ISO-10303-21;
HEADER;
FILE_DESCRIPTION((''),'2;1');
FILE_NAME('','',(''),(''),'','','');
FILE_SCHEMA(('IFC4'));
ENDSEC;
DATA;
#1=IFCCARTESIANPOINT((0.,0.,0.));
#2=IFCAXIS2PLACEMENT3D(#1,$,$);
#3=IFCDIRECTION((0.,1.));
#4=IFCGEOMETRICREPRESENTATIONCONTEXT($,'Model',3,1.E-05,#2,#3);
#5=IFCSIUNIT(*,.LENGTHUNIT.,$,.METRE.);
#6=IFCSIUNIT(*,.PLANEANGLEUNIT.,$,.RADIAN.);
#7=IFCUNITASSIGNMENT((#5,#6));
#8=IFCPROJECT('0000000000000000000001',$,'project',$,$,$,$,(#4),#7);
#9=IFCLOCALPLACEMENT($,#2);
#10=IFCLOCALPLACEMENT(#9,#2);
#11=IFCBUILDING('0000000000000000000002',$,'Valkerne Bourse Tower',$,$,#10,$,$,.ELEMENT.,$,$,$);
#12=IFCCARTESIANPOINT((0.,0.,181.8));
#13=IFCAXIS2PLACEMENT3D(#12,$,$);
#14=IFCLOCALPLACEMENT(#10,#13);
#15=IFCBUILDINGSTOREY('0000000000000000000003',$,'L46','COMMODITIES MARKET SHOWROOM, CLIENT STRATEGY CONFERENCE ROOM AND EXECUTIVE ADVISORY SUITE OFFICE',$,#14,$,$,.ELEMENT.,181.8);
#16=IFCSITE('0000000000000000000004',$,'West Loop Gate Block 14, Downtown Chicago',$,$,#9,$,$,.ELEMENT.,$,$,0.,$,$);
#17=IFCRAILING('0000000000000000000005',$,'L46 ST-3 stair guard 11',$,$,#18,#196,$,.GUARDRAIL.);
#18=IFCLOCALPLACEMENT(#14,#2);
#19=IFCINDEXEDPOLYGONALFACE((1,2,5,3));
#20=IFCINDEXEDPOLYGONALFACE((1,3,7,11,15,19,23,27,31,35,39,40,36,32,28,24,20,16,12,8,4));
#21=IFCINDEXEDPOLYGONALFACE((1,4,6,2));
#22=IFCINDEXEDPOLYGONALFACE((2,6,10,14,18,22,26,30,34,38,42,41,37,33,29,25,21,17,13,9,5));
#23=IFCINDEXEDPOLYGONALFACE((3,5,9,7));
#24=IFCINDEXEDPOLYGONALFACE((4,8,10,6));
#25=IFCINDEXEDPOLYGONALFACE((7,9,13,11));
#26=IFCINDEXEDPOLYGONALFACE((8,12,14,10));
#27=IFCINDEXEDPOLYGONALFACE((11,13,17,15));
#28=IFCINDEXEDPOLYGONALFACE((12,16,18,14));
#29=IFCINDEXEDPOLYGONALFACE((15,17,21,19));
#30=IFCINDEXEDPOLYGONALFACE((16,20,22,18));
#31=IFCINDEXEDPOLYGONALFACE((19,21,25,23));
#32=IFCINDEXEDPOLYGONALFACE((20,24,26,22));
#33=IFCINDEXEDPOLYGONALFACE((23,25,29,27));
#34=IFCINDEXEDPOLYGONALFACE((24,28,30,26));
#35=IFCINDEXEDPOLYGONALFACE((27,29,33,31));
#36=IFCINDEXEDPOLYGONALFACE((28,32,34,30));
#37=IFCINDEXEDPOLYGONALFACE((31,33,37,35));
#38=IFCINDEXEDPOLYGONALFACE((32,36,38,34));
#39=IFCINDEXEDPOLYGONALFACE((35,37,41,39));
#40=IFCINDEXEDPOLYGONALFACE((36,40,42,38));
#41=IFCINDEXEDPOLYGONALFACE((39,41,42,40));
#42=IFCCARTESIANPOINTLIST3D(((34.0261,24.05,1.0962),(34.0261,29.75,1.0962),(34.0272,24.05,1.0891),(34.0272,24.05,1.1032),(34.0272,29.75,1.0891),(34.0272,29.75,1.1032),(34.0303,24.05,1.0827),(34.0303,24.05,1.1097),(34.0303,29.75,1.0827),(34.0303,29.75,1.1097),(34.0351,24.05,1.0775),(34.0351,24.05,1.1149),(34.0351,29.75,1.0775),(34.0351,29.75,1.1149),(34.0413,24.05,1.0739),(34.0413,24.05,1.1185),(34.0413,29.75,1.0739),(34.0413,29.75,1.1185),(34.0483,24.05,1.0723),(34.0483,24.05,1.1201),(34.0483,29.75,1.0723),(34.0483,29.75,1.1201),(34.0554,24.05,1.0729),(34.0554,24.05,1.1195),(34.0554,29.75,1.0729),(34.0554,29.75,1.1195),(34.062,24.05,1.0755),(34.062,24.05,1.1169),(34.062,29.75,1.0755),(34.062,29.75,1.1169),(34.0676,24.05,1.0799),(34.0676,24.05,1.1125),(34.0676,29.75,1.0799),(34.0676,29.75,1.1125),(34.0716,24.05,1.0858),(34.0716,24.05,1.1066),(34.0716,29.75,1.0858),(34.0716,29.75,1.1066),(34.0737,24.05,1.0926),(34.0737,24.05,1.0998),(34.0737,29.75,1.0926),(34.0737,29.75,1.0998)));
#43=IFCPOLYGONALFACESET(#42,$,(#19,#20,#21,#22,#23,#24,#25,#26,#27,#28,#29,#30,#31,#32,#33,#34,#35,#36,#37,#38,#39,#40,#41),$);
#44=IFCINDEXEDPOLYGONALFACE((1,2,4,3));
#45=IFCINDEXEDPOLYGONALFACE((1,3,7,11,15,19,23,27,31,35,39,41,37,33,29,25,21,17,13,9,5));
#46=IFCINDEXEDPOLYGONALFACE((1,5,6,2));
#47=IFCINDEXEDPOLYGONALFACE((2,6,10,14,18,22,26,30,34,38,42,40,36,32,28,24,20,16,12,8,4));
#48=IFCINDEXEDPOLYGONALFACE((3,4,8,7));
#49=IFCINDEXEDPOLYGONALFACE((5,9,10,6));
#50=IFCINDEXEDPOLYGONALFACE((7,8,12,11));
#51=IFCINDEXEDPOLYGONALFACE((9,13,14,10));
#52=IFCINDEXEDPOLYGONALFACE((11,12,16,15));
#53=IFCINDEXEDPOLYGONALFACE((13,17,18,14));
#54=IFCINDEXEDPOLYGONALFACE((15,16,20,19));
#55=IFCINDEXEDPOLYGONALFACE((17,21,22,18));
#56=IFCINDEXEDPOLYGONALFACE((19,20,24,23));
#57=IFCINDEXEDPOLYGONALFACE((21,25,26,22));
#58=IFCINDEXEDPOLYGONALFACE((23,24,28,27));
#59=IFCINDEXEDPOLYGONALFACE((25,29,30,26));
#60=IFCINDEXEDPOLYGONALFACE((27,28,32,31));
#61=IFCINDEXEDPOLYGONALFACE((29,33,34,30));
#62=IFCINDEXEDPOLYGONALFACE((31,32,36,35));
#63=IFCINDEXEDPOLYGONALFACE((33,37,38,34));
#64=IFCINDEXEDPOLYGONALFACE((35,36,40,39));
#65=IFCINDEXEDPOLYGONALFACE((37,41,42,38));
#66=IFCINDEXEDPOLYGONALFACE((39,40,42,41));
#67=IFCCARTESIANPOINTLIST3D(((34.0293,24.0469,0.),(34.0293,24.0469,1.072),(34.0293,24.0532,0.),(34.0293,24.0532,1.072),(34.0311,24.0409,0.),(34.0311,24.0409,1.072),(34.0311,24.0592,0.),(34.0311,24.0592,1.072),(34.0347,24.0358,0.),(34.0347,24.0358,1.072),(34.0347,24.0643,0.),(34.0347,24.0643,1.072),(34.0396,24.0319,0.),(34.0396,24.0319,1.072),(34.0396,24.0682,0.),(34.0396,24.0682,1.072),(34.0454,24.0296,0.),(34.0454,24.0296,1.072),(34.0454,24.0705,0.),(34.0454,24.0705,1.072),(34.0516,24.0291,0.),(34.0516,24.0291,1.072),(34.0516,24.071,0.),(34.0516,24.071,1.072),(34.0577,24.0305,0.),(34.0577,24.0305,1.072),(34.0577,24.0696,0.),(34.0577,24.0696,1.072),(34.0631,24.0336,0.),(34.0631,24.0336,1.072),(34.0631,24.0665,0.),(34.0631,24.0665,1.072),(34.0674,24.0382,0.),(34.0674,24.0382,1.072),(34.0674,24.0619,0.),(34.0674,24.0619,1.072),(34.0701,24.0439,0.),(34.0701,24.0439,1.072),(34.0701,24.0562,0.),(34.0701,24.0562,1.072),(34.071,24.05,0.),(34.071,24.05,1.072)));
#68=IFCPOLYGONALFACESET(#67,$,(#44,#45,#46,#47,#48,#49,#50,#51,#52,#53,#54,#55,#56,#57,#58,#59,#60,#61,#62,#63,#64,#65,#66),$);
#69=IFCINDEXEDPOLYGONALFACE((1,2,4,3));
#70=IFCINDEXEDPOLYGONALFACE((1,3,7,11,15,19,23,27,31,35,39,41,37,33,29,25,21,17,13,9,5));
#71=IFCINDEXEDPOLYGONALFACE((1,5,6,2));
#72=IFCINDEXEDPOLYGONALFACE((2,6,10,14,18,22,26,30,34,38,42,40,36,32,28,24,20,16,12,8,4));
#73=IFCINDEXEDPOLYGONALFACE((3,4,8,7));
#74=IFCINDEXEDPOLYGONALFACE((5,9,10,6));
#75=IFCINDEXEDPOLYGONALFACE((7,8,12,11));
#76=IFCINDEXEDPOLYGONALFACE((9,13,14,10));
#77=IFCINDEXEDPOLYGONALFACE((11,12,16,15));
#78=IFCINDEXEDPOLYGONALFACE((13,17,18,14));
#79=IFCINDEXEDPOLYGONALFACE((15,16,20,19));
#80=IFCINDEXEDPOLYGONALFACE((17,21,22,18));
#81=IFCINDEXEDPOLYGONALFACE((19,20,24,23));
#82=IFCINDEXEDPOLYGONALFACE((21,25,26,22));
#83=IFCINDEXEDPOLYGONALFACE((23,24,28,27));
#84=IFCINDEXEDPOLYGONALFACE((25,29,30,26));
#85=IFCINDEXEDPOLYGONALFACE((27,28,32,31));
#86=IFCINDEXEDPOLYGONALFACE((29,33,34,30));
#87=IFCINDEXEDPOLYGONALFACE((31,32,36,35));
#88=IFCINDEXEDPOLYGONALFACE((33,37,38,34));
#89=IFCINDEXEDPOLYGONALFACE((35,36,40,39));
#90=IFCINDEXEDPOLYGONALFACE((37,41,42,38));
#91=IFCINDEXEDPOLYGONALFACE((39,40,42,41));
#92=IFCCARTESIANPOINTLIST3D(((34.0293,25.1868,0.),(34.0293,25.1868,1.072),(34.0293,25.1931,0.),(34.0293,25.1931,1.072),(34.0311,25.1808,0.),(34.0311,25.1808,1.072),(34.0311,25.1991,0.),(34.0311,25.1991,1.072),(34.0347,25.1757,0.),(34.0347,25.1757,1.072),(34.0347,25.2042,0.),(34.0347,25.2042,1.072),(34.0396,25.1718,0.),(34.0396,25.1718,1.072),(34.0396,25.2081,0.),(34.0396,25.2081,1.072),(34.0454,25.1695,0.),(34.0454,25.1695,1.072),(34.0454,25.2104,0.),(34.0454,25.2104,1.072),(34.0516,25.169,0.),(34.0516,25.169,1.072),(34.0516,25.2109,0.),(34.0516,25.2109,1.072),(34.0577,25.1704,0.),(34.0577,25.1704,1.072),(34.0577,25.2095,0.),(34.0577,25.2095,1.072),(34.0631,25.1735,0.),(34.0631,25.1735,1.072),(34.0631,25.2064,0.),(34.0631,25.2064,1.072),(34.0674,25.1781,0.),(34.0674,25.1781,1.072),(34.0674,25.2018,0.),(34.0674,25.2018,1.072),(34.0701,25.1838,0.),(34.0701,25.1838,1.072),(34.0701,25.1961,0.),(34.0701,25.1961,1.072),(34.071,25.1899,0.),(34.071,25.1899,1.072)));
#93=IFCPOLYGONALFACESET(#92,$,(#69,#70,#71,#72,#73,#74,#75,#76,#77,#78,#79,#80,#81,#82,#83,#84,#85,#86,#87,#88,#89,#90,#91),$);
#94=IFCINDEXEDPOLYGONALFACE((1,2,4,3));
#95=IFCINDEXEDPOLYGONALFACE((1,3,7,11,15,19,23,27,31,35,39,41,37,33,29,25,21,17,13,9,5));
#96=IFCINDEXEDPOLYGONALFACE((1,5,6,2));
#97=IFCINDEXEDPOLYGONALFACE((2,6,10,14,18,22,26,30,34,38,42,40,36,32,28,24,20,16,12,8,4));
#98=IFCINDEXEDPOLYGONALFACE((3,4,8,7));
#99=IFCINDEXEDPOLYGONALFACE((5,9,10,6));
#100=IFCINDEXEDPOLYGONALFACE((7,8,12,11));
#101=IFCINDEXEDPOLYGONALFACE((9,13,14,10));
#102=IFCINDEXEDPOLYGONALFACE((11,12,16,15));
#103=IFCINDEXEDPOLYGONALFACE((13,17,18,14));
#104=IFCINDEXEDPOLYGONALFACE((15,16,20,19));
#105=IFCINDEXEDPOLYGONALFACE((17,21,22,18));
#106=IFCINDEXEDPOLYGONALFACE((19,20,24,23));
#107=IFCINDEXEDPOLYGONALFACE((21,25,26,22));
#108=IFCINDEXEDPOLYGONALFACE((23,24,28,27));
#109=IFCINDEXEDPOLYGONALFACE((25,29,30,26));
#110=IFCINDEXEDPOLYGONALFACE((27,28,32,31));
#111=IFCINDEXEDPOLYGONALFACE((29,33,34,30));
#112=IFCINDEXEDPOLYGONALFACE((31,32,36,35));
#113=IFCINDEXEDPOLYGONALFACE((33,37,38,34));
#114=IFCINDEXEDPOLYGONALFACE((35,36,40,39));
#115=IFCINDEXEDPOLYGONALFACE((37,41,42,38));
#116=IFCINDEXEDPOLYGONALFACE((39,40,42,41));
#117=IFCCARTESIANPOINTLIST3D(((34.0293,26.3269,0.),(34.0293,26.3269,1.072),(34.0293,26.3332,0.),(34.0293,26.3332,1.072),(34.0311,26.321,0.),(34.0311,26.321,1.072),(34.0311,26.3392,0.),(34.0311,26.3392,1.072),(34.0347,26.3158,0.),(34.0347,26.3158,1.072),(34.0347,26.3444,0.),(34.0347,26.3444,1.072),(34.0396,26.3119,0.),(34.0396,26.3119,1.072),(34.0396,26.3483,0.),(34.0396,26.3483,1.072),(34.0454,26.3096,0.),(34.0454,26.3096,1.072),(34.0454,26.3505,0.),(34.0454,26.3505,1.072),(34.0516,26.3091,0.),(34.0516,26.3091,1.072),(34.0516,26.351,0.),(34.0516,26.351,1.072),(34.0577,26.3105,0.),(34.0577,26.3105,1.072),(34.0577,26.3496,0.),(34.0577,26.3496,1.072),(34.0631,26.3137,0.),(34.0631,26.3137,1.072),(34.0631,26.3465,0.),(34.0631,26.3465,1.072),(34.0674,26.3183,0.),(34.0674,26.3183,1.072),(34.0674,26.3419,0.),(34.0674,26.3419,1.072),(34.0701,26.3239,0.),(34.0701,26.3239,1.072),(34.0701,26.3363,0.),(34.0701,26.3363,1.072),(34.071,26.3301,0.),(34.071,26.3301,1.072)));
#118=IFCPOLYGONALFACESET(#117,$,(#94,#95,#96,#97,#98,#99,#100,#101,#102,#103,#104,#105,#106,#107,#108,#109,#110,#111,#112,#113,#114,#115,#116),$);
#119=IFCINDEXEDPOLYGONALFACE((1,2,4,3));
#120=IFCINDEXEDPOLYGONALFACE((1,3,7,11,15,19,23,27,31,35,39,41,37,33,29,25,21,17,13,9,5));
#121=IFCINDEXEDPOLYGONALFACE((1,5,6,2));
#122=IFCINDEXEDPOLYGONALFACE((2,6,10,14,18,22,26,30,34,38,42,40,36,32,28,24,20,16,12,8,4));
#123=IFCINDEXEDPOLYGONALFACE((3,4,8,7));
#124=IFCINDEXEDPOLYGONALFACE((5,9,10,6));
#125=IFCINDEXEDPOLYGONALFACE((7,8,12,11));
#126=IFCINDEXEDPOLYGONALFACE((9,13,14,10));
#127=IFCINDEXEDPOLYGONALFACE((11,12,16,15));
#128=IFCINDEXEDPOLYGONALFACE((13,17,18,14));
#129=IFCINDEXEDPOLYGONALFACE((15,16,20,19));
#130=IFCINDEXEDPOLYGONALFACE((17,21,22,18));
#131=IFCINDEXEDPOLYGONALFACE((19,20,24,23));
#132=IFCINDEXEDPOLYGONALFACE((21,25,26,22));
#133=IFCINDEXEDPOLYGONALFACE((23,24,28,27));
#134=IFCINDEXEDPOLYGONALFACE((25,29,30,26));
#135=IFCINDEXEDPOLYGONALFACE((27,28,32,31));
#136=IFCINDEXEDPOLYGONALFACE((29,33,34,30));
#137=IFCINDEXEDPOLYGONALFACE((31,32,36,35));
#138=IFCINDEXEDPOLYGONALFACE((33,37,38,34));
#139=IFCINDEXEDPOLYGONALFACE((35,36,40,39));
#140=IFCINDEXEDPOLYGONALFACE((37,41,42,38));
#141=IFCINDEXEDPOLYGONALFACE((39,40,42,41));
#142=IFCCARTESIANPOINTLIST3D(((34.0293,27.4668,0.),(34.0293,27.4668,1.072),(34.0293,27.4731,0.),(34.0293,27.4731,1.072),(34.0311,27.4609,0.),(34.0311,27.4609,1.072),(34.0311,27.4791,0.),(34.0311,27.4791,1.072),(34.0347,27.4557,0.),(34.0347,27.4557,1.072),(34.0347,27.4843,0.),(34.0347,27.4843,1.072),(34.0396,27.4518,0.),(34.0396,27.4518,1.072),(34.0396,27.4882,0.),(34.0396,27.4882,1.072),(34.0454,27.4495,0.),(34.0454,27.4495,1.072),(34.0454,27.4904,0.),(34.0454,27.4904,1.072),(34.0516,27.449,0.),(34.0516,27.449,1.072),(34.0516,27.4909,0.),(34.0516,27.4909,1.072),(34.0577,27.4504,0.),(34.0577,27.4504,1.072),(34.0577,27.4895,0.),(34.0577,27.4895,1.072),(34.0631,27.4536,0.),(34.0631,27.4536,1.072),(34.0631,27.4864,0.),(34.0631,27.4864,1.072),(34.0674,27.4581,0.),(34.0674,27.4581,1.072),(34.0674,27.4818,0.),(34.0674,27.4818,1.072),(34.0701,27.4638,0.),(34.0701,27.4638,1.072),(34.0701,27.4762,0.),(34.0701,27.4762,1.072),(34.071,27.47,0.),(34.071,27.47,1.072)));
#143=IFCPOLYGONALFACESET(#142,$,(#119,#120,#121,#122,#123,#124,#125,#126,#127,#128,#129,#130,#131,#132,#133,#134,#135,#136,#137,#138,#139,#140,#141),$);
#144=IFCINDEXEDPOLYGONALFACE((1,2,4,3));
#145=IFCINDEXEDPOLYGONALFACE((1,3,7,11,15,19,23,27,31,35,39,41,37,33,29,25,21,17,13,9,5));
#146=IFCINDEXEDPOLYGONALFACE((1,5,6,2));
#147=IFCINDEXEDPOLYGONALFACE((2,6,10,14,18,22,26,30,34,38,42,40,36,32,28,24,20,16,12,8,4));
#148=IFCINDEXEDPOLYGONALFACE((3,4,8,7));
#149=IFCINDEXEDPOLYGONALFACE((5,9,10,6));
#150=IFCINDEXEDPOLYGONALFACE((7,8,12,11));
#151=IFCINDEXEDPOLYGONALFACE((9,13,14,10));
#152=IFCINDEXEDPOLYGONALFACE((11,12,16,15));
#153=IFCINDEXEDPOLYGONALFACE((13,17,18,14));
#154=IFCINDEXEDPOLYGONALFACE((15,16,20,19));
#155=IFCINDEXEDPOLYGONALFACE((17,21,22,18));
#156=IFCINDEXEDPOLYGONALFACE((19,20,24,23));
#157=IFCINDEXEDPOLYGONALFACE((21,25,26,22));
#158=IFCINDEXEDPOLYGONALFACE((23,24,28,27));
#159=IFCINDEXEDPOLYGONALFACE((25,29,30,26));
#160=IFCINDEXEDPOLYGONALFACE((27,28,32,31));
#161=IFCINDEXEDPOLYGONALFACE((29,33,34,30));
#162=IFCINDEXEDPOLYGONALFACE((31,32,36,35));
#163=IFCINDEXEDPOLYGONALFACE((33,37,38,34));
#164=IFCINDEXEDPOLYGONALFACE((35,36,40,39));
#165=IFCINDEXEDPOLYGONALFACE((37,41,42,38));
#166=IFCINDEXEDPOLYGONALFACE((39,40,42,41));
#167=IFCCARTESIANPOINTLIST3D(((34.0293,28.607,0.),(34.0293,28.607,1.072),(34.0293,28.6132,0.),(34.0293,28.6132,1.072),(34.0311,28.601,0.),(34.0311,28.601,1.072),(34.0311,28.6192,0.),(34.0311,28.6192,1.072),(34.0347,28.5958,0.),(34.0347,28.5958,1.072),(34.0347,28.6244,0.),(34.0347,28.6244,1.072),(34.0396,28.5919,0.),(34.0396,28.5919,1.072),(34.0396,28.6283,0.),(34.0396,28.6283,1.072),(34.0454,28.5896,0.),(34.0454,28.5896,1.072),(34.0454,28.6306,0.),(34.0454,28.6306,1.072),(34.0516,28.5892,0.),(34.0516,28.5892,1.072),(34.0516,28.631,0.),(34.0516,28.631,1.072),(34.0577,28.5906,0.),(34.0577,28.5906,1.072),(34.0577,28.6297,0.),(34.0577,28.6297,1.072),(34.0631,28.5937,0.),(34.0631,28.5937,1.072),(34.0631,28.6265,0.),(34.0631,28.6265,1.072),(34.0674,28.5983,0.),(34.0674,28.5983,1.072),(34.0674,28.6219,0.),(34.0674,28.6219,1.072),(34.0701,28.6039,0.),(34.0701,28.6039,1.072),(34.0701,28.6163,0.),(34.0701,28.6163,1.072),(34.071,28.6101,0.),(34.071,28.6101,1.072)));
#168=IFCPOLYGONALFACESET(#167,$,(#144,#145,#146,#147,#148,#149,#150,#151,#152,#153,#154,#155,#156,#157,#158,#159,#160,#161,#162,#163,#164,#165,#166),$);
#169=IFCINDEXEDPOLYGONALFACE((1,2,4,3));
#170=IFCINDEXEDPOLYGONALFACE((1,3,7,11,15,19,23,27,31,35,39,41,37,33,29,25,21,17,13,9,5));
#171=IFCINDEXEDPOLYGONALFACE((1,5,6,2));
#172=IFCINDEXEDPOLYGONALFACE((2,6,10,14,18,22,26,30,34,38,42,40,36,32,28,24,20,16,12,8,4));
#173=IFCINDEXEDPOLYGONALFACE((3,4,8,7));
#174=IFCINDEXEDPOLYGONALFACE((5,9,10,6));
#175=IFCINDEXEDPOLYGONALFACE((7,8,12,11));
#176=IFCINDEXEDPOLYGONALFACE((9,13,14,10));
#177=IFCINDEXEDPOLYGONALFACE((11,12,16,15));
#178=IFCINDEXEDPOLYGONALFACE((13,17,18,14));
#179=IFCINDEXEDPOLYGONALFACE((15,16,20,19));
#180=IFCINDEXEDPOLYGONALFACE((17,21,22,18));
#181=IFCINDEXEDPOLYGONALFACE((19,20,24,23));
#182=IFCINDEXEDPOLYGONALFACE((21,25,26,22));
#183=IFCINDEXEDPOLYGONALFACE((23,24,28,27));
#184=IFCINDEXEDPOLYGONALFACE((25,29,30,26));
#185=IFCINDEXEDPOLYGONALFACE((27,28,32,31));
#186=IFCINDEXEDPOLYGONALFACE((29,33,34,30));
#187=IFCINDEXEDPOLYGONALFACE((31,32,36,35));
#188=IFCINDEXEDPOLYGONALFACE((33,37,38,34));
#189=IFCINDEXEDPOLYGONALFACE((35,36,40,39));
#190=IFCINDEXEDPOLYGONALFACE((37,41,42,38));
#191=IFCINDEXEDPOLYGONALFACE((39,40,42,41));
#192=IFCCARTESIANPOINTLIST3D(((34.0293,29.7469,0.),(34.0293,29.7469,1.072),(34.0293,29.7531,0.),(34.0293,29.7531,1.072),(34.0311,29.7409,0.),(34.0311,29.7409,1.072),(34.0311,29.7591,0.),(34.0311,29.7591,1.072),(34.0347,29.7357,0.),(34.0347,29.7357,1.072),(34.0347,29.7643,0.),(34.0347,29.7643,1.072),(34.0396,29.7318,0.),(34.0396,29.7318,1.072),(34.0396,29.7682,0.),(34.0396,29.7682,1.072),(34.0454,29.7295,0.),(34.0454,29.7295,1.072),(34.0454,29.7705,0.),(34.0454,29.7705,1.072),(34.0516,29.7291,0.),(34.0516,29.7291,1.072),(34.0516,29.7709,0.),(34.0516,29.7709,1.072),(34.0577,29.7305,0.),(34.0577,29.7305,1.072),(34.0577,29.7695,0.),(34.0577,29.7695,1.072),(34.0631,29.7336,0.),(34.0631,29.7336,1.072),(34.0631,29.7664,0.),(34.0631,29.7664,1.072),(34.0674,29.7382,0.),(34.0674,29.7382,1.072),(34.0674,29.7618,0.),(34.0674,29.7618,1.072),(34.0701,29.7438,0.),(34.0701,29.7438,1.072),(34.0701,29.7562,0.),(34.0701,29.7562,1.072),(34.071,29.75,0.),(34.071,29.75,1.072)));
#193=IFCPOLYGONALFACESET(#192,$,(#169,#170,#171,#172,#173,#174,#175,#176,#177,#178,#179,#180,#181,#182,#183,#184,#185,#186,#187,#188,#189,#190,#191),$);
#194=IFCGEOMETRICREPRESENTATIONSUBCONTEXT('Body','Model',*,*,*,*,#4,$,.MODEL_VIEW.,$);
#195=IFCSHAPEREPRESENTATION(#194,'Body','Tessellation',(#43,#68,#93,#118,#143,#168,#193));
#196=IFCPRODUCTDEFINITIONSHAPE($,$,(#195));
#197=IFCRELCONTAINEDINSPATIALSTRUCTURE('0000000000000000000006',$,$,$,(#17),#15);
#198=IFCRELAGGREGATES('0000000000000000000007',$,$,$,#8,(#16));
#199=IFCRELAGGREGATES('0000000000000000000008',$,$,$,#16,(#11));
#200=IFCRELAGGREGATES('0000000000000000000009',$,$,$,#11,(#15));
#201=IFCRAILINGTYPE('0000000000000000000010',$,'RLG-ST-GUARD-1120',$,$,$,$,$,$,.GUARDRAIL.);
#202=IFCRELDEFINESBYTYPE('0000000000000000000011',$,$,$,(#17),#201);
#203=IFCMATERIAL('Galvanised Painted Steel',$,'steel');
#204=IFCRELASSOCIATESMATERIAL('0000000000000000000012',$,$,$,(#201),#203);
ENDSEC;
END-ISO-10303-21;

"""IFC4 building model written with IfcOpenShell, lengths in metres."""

from ifc_helpers import new_model, si_unit, direction, frame, origin, origin_2d, place, context, subcontext, project, spatial, circle, extrude, material, type_object, element, save


model = new_model("IFC4")

# Units and contexts
model_context = context("Model", 3, precision=1e-05, world=origin(), true_north=direction((0.0, 1.0)))
body_context = subcontext(model_context, "Body", "Model", "MODEL_VIEW")
ifc_project = project(units=[si_unit("LENGTHUNIT", "METRE"), si_unit("PLANEANGLEUNIT", "RADIAN")], contexts=[model_context])

# Site, building, storey
site_placement = place(None, origin())
site = spatial("IfcSite", under=ifc_project, at=site_placement, Name="West Loop Gate Block 14, Downtown Chicago", CompositionType="ELEMENT", RefElevation=0.0)
building_placement = place(site_placement, origin())
building = spatial("IfcBuilding", under=site, at=building_placement, Name="Valkerne Bourse Tower", CompositionType="ELEMENT")
storey_placement = place(building_placement, frame((0.0, 0.0, 181.8)))
storey = spatial("IfcBuildingStorey", under=building, at=storey_placement, Name="L46", Description="COMMODITIES MARKET SHOWROOM, CLIENT STRATEGY CONFERENCE ROOM AND EXECUTIVE ADVISORY SUITE OFFICE", CompositionType="ELEMENT", Elevation=181.8)

# Shared definitions
ifc_material_1 = material(Name="Galvanised Painted Steel", Category="steel")

# Railing
railing_type = type_object("IfcRailingType", Name="RLG-ST-GUARD-1120", PredefinedType="GUARDRAIL", material=ifc_material_1)
for number, where, name in (
    (1, (34.05, 24.05, 0.0), "L46 ST-3 stair guard 11"),
):
    element("IfcRailing", number, at=place(storey_placement, frame(where)), inside=storey, type_object=railing_type, Name=name, PredefinedType="GUARDRAIL", context=body_context, shape_type="SweptSolid", body=[
        extrude(circle(Radius=0.0239, at=origin_2d()), frame((0.0, 0.0, 1.0962), z_axis=(0.0, 1.0, 0.0), x_axis=(-1.0, 0.0, 0.0)), (0.0, 0.0, 1.0), 5.7),
        extrude(circle(Radius=0.021, at=origin_2d()), origin(), (0.0, 0.0, 1.0), 1.072),
        extrude(circle(Radius=0.021, at=origin_2d()), frame((0.0, 1.1399, 0.0)), (0.0, 0.0, 1.0), 1.072),
        extrude(circle(Radius=0.021, at=origin_2d()), frame((0.0, 2.28, 0.0)), (0.0, 0.0, 1.0), 1.072),
        extrude(circle(Radius=0.021, at=origin_2d()), frame((0.0, 3.4199, 0.0)), (0.0, 0.0, 1.0), 1.072),
        extrude(circle(Radius=0.021, at=origin_2d()), frame((0.0, 4.5601, 0.0)), (0.0, 0.0, 1.0), 1.072),
        extrude(circle(Radius=0.021, at=origin_2d()), frame((0.0, 5.7, 0.0)), (0.0, 0.0, 1.0), 1.072),
    ])

save(model, "model.ifc")
